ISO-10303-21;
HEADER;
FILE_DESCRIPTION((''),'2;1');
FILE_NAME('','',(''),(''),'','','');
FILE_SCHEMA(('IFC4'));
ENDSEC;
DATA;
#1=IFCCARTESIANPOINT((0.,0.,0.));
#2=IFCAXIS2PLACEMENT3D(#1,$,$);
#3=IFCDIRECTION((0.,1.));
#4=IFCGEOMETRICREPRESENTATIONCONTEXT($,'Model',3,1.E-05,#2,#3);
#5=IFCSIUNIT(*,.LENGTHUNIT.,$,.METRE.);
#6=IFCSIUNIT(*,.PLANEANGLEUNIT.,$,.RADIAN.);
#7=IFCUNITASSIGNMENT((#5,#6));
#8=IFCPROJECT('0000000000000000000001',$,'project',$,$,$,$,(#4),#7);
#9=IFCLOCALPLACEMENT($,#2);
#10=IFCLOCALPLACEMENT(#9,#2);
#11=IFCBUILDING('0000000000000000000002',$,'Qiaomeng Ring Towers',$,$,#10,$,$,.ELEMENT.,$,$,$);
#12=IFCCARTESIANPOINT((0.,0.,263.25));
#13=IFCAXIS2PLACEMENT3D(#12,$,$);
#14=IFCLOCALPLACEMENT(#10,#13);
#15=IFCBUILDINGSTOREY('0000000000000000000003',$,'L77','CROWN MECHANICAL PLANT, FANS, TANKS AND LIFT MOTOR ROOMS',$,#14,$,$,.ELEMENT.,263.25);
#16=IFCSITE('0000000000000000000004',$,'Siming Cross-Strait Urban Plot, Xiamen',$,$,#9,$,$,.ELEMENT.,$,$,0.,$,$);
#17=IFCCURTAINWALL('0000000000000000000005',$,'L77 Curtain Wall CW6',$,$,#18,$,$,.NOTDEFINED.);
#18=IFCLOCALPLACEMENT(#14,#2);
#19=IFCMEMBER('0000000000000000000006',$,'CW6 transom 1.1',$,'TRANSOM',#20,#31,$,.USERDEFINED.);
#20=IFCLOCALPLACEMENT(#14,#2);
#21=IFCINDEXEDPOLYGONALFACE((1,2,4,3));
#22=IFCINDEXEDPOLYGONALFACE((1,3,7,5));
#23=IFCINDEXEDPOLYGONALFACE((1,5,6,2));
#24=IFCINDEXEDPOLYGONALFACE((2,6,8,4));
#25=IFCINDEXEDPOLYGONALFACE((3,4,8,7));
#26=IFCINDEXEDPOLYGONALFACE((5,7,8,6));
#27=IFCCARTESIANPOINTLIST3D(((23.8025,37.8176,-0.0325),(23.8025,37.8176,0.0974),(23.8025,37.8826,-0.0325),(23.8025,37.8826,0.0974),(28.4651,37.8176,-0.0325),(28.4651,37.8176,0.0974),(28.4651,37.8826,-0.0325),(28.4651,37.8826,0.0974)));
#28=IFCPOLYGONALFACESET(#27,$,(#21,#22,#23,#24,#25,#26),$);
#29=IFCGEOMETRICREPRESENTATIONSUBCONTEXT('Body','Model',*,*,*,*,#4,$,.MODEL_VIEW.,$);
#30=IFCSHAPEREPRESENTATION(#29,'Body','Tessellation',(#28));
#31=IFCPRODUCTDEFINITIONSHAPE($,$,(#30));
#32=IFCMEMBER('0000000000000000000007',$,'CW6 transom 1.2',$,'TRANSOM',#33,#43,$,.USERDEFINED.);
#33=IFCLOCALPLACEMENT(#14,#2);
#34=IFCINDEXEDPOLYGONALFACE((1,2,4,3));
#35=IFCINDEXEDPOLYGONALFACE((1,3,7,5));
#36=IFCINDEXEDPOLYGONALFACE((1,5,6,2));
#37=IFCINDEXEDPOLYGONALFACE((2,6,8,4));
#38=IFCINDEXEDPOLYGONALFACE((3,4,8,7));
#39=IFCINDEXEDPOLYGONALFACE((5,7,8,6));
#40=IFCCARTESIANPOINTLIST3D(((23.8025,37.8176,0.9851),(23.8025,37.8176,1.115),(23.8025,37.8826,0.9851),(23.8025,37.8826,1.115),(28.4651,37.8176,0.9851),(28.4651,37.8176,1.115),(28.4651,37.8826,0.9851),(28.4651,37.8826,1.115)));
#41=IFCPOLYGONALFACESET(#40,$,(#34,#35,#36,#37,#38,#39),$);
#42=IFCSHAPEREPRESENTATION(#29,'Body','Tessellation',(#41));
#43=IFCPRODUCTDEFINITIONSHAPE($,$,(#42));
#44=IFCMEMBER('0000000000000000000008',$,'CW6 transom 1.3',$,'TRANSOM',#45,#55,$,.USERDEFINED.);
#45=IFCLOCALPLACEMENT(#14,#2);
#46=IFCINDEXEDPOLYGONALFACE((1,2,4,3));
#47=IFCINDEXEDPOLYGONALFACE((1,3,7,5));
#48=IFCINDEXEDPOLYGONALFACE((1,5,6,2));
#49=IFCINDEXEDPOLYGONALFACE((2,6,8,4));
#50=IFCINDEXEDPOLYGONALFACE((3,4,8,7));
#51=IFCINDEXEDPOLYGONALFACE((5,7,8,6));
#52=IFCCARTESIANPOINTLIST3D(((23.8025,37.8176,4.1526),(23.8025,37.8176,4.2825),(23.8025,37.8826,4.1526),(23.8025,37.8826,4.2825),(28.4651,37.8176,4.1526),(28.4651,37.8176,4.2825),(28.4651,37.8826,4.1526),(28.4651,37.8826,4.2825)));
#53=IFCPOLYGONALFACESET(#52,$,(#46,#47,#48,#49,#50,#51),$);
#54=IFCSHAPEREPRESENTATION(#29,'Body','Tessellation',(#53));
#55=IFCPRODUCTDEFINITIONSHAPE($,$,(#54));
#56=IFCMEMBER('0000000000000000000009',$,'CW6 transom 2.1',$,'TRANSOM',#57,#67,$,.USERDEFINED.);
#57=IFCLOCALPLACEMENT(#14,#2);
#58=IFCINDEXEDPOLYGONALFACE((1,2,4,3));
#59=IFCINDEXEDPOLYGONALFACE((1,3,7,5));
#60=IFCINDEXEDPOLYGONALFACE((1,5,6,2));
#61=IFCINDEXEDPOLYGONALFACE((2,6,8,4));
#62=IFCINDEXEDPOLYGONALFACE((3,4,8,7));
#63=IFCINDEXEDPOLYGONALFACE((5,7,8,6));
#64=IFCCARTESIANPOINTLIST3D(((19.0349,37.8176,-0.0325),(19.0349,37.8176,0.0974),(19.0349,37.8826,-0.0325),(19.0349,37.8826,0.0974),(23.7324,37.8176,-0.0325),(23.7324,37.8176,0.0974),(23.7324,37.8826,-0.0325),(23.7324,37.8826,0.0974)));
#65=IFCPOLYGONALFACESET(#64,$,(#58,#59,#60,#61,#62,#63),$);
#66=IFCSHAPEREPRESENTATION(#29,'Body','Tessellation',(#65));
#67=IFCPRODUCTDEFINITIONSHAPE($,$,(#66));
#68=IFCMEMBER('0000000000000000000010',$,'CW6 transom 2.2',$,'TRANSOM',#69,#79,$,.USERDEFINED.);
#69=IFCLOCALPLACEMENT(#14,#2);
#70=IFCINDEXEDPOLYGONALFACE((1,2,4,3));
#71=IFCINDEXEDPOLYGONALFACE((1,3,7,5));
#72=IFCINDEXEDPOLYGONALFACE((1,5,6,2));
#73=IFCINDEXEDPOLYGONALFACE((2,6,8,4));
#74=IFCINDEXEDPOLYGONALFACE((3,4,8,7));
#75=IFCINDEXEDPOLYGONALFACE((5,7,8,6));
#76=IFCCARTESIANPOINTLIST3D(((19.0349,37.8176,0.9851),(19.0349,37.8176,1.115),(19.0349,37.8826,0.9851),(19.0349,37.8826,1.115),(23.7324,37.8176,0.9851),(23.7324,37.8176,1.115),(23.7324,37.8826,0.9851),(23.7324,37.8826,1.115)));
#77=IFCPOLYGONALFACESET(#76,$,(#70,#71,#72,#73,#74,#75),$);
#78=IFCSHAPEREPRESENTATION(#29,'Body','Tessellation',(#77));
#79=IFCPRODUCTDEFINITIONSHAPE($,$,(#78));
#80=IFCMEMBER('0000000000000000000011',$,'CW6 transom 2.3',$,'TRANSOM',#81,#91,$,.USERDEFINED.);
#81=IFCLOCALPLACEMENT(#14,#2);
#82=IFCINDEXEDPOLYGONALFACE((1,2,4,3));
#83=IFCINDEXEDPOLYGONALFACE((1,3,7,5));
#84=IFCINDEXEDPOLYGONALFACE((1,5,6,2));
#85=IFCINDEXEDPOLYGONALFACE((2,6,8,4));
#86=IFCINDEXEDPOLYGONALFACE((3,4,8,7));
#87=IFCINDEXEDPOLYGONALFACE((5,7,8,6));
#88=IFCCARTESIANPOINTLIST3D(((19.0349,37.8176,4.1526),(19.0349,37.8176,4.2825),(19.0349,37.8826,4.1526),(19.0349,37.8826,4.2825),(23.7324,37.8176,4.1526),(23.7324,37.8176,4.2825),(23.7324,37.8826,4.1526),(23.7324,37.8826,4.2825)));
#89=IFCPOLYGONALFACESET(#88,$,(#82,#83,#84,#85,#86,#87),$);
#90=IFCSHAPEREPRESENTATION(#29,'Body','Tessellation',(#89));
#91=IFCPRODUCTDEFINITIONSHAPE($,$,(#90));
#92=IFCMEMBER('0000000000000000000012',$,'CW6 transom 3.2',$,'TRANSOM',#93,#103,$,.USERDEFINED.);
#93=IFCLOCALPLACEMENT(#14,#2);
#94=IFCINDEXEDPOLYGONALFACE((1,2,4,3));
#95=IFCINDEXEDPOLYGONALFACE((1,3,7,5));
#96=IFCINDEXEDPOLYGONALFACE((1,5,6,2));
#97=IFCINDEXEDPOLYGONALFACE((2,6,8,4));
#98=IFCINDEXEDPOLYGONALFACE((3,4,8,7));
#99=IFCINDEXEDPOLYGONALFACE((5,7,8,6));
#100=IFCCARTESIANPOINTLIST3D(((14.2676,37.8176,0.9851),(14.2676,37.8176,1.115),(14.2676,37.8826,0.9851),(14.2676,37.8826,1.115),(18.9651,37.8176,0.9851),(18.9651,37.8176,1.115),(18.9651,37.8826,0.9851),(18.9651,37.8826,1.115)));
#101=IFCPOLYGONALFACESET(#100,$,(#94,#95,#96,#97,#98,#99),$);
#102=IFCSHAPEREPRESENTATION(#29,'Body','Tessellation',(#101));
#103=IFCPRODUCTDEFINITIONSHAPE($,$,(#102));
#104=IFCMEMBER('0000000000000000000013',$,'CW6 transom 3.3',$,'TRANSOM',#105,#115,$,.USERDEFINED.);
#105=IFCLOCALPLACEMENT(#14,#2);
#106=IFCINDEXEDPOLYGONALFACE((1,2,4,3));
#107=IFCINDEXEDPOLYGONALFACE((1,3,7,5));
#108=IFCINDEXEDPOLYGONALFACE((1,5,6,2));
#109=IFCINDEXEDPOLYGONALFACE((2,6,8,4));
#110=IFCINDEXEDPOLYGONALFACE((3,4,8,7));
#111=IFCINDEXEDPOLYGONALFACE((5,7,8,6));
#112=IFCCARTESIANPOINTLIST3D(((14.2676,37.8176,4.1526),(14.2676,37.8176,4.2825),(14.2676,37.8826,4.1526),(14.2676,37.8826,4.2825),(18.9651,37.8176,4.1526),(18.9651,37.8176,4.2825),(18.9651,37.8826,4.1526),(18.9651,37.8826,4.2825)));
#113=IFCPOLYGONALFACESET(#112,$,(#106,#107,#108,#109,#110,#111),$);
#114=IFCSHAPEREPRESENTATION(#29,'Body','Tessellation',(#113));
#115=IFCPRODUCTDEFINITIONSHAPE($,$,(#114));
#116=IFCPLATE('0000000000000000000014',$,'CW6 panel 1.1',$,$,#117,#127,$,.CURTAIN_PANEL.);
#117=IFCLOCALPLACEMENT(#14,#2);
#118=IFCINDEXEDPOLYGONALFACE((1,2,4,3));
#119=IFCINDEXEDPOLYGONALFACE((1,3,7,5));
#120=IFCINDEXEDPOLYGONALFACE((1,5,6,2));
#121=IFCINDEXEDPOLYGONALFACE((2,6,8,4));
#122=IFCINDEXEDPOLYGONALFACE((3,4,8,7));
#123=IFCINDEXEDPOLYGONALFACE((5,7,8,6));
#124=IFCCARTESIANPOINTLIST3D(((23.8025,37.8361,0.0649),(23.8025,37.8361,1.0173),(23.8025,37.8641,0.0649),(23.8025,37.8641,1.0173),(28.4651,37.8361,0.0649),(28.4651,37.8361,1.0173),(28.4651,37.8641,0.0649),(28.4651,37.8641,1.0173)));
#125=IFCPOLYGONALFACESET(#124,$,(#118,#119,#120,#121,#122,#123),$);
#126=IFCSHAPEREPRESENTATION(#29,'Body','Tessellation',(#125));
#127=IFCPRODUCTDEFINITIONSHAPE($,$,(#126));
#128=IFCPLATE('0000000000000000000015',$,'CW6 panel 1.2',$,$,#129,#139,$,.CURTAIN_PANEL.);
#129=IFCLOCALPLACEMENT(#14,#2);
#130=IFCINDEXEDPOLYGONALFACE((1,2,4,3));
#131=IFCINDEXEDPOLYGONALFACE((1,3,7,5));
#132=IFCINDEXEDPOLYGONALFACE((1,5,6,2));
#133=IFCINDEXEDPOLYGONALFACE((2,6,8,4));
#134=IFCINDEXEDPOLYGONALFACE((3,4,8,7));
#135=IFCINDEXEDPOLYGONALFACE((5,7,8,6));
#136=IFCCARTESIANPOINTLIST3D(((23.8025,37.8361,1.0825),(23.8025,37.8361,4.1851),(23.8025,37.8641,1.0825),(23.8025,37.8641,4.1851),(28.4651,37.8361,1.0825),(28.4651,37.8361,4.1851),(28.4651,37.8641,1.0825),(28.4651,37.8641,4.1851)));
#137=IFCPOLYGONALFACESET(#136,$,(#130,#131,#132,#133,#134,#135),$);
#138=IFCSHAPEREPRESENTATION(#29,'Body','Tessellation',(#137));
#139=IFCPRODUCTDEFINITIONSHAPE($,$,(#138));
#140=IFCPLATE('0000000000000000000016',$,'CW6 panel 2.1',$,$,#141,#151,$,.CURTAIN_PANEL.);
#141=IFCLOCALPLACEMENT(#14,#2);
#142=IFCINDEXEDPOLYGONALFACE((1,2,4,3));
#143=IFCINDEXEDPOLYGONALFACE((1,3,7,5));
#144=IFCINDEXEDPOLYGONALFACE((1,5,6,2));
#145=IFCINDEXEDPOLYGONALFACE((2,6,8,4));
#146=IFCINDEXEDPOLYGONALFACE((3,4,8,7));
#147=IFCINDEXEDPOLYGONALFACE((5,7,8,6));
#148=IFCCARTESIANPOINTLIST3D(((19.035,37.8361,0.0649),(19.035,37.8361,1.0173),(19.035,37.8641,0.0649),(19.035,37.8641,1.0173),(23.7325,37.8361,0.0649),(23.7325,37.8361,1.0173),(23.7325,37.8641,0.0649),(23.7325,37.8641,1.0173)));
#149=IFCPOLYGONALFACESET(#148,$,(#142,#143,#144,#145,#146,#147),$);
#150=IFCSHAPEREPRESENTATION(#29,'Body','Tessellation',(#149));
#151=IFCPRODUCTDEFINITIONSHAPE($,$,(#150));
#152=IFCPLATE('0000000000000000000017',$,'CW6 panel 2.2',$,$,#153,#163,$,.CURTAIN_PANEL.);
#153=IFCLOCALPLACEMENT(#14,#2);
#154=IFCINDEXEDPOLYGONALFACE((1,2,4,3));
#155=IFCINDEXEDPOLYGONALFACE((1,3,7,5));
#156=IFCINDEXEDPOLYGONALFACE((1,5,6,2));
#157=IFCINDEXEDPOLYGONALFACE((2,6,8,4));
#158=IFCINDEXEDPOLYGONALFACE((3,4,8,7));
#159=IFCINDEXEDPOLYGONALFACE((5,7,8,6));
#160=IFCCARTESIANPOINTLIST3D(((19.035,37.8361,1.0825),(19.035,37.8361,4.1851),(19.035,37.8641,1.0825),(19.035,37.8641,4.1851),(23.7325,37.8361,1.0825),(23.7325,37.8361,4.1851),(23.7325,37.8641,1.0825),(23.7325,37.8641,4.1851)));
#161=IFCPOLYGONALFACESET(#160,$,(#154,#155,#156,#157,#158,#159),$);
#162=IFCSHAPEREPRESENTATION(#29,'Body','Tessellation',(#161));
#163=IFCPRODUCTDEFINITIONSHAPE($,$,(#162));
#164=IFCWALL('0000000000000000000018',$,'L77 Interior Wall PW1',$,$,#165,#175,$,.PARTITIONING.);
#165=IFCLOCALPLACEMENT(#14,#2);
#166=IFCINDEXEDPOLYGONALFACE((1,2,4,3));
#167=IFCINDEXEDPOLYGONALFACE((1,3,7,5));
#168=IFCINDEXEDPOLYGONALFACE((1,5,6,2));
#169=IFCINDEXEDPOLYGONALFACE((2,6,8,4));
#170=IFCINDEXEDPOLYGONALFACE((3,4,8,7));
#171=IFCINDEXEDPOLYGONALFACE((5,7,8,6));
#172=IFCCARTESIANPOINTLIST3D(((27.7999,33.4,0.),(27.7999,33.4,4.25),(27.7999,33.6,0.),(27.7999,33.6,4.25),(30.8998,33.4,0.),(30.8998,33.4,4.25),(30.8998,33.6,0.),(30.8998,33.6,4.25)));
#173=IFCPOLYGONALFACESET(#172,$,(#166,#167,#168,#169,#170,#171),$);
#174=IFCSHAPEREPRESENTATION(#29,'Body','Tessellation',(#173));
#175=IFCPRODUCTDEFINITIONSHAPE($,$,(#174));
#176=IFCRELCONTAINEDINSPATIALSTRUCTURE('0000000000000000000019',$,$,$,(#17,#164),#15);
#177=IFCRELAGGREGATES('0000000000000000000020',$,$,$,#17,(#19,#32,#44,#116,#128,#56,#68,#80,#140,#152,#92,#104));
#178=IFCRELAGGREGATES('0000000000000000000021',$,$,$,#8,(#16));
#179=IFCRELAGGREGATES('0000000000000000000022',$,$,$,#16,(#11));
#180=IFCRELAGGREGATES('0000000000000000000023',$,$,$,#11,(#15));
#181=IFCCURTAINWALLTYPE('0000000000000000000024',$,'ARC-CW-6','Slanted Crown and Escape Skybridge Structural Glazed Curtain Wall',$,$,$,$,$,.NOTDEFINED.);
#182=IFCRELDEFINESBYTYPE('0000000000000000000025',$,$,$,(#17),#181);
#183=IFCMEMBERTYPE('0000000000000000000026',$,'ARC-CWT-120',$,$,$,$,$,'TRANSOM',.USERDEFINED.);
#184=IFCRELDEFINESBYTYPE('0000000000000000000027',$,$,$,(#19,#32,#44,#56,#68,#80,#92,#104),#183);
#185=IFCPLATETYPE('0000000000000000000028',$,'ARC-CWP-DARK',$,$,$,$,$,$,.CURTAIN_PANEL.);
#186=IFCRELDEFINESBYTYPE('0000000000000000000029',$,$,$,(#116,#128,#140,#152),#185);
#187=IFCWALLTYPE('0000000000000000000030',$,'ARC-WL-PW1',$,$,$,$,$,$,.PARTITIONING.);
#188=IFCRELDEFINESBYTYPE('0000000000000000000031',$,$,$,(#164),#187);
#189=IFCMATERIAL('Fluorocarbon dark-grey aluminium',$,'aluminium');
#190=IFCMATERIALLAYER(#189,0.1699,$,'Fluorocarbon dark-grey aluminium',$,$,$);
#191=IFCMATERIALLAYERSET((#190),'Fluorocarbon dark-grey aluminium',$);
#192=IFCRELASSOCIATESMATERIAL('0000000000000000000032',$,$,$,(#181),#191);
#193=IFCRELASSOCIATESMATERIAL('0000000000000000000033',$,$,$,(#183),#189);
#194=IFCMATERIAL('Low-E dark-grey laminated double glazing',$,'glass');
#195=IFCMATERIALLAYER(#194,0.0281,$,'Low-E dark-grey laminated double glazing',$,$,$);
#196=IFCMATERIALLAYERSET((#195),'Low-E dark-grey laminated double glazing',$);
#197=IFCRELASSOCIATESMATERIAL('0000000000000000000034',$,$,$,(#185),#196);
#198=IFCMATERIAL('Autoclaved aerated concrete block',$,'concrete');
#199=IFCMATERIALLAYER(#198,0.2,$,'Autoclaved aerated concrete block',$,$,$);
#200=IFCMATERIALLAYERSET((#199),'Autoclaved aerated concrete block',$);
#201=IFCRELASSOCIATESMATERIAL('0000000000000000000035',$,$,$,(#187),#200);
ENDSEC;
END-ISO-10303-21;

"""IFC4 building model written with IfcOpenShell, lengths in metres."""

from ifc_helpers import new_model, si_unit, direction, frame, frame_2d, origin, origin_2d, place, context, subcontext, project, spatial, rectangle, extrude, source, transform, mapped, material, layer, layer_set, material_profile, profile_set, type_object, element, aggregate, save


model = new_model("IFC4")

# Units and contexts
model_context = context("Model", 3, precision=1e-05, world=origin(), true_north=direction((0.0, 1.0)))
body_context = subcontext(model_context, "Body", "Model", "MODEL_VIEW")
ifc_project = project(units=[si_unit("LENGTHUNIT", "METRE"), si_unit("PLANEANGLEUNIT", "RADIAN")], contexts=[model_context])

# Site, building, storey
site_placement = place(None, origin())
site = spatial("IfcSite", under=ifc_project, at=site_placement, Name="Siming Cross-Strait Urban Plot, Xiamen", CompositionType="ELEMENT", RefElevation=0.0)
building_placement = place(site_placement, origin())
building = spatial("IfcBuilding", under=site, at=building_placement, Name="Qiaomeng Ring Towers", CompositionType="ELEMENT")
storey_placement = place(building_placement, frame((0.0, 0.0, 263.25)))
storey = spatial("IfcBuildingStorey", under=building, at=storey_placement, Name="L77", Description="CROWN MECHANICAL PLANT, FANS, TANKS AND LIFT MOTOR ROOMS", CompositionType="ELEMENT", Elevation=263.25)

# Curtain wall, members, plates
ifc_material_1 = material(Name="Fluorocarbon dark-grey aluminium", Category="aluminium")
ifc_layer_1 = layer(ifc_material_1, 0.1699, Name="Fluorocarbon dark-grey aluminium")
ifc_layer_set_1 = layer_set([ifc_layer_1], Name="Fluorocarbon dark-grey aluminium")
curtain_wall_type = type_object("IfcCurtainWallType", Name="ARC-CW-6", Description="Slanted Crown and Escape Skybridge Structural Glazed Curtain Wall", PredefinedType="NOTDEFINED", material=ifc_layer_set_1)
curtain_wall_placement = place(storey_placement, origin())
curtain_wall = element("IfcCurtainWall", 1, at=curtain_wall_placement, inside=storey, type_object=curtain_wall_type, Name="L77 Curtain Wall CW6", PredefinedType="NOTDEFINED")
ifc_material_profile_1 = material_profile(ifc_material_1, rectangle(XDim=0.0649, YDim=0.1299, at=origin_2d()), Name="ALU TRAN 65x130")
ifc_profile_set_1 = profile_set([ifc_material_profile_1], Name="Fluorocarbon dark-grey aluminium")
member_type_1 = type_object("IfcMemberType", Name="ARC-CWT-120", ElementType="TRANSOM", PredefinedType="USERDEFINED", material=ifc_profile_set_1)
shared_shape_1 = source(origin(), body_context, "Body", "SweptSolid", [
    extrude(rectangle(XDim=0.0649, YDim=0.1299, at=origin_2d()), origin(), (0.0, 0.0, 1.0), 4.6626),
])
member_1_placement = place(storey_placement, frame((28.4651, 37.8501, 0.0325), z_axis=(-1.0, 0.0, 0.0), x_axis=(0.0, -1.0, 0.0)))
member_1 = element("IfcMember", 2, at=member_1_placement, type_object=member_type_1, Name="CW6 transom 1.1", ObjectType="TRANSOM", PredefinedType="USERDEFINED", context=body_context, shape_type="MappedRepresentation", body=[
    mapped(shared_shape_1, transform((0.0, 0.0, 0.0), x_axis=(1.0, 0.0, 0.0), y_axis=(0.0, 1.0, 0.0), z_axis=(0.0, 0.0, 1.0), scale=1.0)),
])
member_2_placement = place(storey_placement, frame((28.4651, 37.8501, 1.05), z_axis=(-1.0, 0.0, 0.0), x_axis=(0.0, -1.0, 0.0)))
member_2 = element("IfcMember", 3, at=member_2_placement, type_object=member_type_1, Name="CW6 transom 1.2", ObjectType="TRANSOM", PredefinedType="USERDEFINED", context=body_context, shape_type="MappedRepresentation", body=[
    mapped(shared_shape_1, transform((0.0, 0.0, 0.0), x_axis=(1.0, 0.0, 0.0), y_axis=(0.0, 1.0, 0.0), z_axis=(0.0, 0.0, 1.0), scale=1.0)),
])
member_3_placement = place(storey_placement, frame((28.4651, 37.8501, 4.2175), z_axis=(-1.0, 0.0, 0.0), x_axis=(0.0, -1.0, 0.0)))
member_3 = element("IfcMember", 4, at=member_3_placement, type_object=member_type_1, Name="CW6 transom 1.3", ObjectType="TRANSOM", PredefinedType="USERDEFINED", context=body_context, shape_type="MappedRepresentation", body=[
    mapped(shared_shape_1, transform((0.0, 0.0, 0.0), x_axis=(1.0, 0.0, 0.0), y_axis=(0.0, 1.0, 0.0), z_axis=(0.0, 0.0, 1.0), scale=1.0)),
])
shared_shape_2 = source(origin(), body_context, "Body", "SweptSolid", [
    extrude(rectangle(XDim=0.0649, YDim=0.1299, at=origin_2d()), origin(), (0.0, 0.0, 1.0), 4.6975),
])
member_4_placement = place(storey_placement, frame((23.7324, 37.8501, 0.0325), z_axis=(-1.0, 0.0, 0.0), x_axis=(0.0, -1.0, 0.0)))
member_4 = element("IfcMember", 5, at=member_4_placement, type_object=member_type_1, Name="CW6 transom 2.1", ObjectType="TRANSOM", PredefinedType="USERDEFINED", context=body_context, shape_type="MappedRepresentation", body=[
    mapped(shared_shape_2, transform((0.0, 0.0, 0.0), x_axis=(1.0, 0.0, 0.0), y_axis=(0.0, 1.0, 0.0), z_axis=(0.0, 0.0, 1.0), scale=1.0)),
])
member_5_placement = place(storey_placement, frame((23.7324, 37.8501, 1.05), z_axis=(-1.0, 0.0, 0.0), x_axis=(0.0, -1.0, 0.0)))
member_5 = element("IfcMember", 6, at=member_5_placement, type_object=member_type_1, Name="CW6 transom 2.2", ObjectType="TRANSOM", PredefinedType="USERDEFINED", context=body_context, shape_type="MappedRepresentation", body=[
    mapped(shared_shape_2, transform((0.0, 0.0, 0.0), x_axis=(1.0, 0.0, 0.0), y_axis=(0.0, 1.0, 0.0), z_axis=(0.0, 0.0, 1.0), scale=1.0)),
])
member_6_placement = place(storey_placement, frame((23.7324, 37.8501, 4.2175), z_axis=(-1.0, 0.0, 0.0), x_axis=(0.0, -1.0, 0.0)))
member_6 = element("IfcMember", 7, at=member_6_placement, type_object=member_type_1, Name="CW6 transom 2.3", ObjectType="TRANSOM", PredefinedType="USERDEFINED", context=body_context, shape_type="MappedRepresentation", body=[
    mapped(shared_shape_2, transform((0.0, 0.0, 0.0), x_axis=(1.0, 0.0, 0.0), y_axis=(0.0, 1.0, 0.0), z_axis=(0.0, 0.0, 1.0), scale=1.0)),
])
member_7_placement = place(storey_placement, frame((18.9651, 37.8501, 1.05), z_axis=(-1.0, 0.0, 0.0), x_axis=(0.0, -1.0, 0.0)))
member_7 = element("IfcMember", 8, at=member_7_placement, type_object=member_type_1, Name="CW6 transom 3.2", ObjectType="TRANSOM", PredefinedType="USERDEFINED", context=body_context, shape_type="MappedRepresentation", body=[
    mapped(shared_shape_2, transform((0.0, 0.0, 0.0), x_axis=(1.0, 0.0, 0.0), y_axis=(0.0, 1.0, 0.0), z_axis=(0.0, 0.0, 1.0), scale=1.0)),
])
member_8_placement = place(storey_placement, frame((18.9651, 37.8501, 4.2175), z_axis=(-1.0, 0.0, 0.0), x_axis=(0.0, -1.0, 0.0)))
member_8 = element("IfcMember", 9, at=member_8_placement, type_object=member_type_1, Name="CW6 transom 3.3", ObjectType="TRANSOM", PredefinedType="USERDEFINED", context=body_context, shape_type="MappedRepresentation", body=[
    mapped(shared_shape_2, transform((0.0, 0.0, 0.0), x_axis=(1.0, 0.0, 0.0), y_axis=(0.0, 1.0, 0.0), z_axis=(0.0, 0.0, 1.0), scale=1.0)),
])
ifc_material_2 = material(Name="Low-E dark-grey laminated double glazing", Category="glass")
ifc_layer_2 = layer(ifc_material_2, 0.0281, Name="Low-E dark-grey laminated double glazing")
ifc_layer_set_2 = layer_set([ifc_layer_2], Name="Low-E dark-grey laminated double glazing")
plate_type = type_object("IfcPlateType", Name="ARC-CWP-DARK", PredefinedType="CURTAIN_PANEL", material=ifc_layer_set_2)
shared_shape_3 = source(origin(), body_context, "Body", "SweptSolid", [
    extrude(rectangle(XDim=4.6626, YDim=0.0281, at=origin_2d()), origin(), (0.0, 0.0, 1.0), 0.9524),
])
plate_1_placement = place(storey_placement, frame((26.1338, 37.8501, 0.0649), z_axis=(0.0, 0.0, 1.0), x_axis=(-1.0, 0.0, 0.0)))
plate_1 = element("IfcPlate", 10, at=plate_1_placement, type_object=plate_type, Name="CW6 panel 1.1", PredefinedType="CURTAIN_PANEL", context=body_context, shape_type="MappedRepresentation", body=[
    mapped(shared_shape_3, transform((0.0, 0.0, 0.0), x_axis=(1.0, 0.0, 0.0), y_axis=(0.0, 1.0, 0.0), z_axis=(0.0, 0.0, 1.0), scale=1.0)),
])
shared_shape_4 = source(origin(), body_context, "Body", "SweptSolid", [
    extrude(rectangle(XDim=4.6626, YDim=0.0281, at=origin_2d()), origin(), (0.0, 0.0, 1.0), 3.1025),
])
plate_2_placement = place(storey_placement, frame((26.1338, 37.8501, 1.0825), z_axis=(0.0, 0.0, 1.0), x_axis=(-1.0, 0.0, 0.0)))
plate_2 = element("IfcPlate", 11, at=plate_2_placement, type_object=plate_type, Name="CW6 panel 1.2", PredefinedType="CURTAIN_PANEL", context=body_context, shape_type="MappedRepresentation", body=[
    mapped(shared_shape_4, transform((0.0, 0.0, 0.0), x_axis=(1.0, 0.0, 0.0), y_axis=(0.0, 1.0, 0.0), z_axis=(0.0, 0.0, 1.0), scale=1.0)),
])
shared_shape_5 = source(origin(), body_context, "Body", "SweptSolid", [
    extrude(rectangle(XDim=4.6975, YDim=0.0281, at=origin_2d()), origin(), (0.0, 0.0, 1.0), 0.9524),
])
plate_3_placement = place(storey_placement, frame((21.3838, 37.8501, 0.0649), z_axis=(0.0, 0.0, 1.0), x_axis=(-1.0, 0.0, 0.0)))
plate_3 = element("IfcPlate", 12, at=plate_3_placement, type_object=plate_type, Name="CW6 panel 2.1", PredefinedType="CURTAIN_PANEL", context=body_context, shape_type="MappedRepresentation", body=[
    mapped(shared_shape_5, transform((0.0, 0.0, 0.0), x_axis=(1.0, 0.0, 0.0), y_axis=(0.0, 1.0, 0.0), z_axis=(0.0, 0.0, 1.0), scale=1.0)),
])
shared_shape_6 = source(origin(), body_context, "Body", "SweptSolid", [
    extrude(rectangle(XDim=4.6975, YDim=0.0281, at=origin_2d()), origin(), (0.0, 0.0, 1.0), 3.1025),
])
plate_4_placement = place(storey_placement, frame((21.3838, 37.8501, 1.0825), z_axis=(0.0, 0.0, 1.0), x_axis=(-1.0, 0.0, 0.0)))
plate_4 = element("IfcPlate", 13, at=plate_4_placement, type_object=plate_type, Name="CW6 panel 2.2", PredefinedType="CURTAIN_PANEL", context=body_context, shape_type="MappedRepresentation", body=[
    mapped(shared_shape_6, transform((0.0, 0.0, 0.0), x_axis=(1.0, 0.0, 0.0), y_axis=(0.0, 1.0, 0.0), z_axis=(0.0, 0.0, 1.0), scale=1.0)),
])
aggregate(curtain_wall, [member_1, member_2, member_3, plate_1, plate_2, member_4, member_5, member_6, plate_3, plate_4, member_7, member_8])

# Wall
ifc_material_3 = material(Name="Autoclaved aerated concrete block", Category="concrete")
ifc_layer_3 = layer(ifc_material_3, 0.2, Name="Autoclaved aerated concrete block")
ifc_layer_set_3 = layer_set([ifc_layer_3], Name="Autoclaved aerated concrete block")
wall_type_1 = type_object("IfcWallType", Name="ARC-WL-PW1", PredefinedType="PARTITIONING", material=ifc_layer_set_3)
wall_1_placement = place(storey_placement, frame((27.8, 33.5, 0.0), z_axis=(0.0, 0.0, 1.0), x_axis=(1.0, 0.0, 0.0)))
element("IfcWall", 14, at=wall_1_placement, inside=storey, type_object=wall_type_1, Name="L77 Interior Wall PW1", PredefinedType="PARTITIONING", context=body_context, shape_type="SweptSolid", body=[
    extrude(rectangle(XDim=3.0999, YDim=0.2, at=frame_2d((1.5498, 0.0))), origin(), (0.0, 0.0, 1.0), 4.25),
])

save(model, "model.ifc")
